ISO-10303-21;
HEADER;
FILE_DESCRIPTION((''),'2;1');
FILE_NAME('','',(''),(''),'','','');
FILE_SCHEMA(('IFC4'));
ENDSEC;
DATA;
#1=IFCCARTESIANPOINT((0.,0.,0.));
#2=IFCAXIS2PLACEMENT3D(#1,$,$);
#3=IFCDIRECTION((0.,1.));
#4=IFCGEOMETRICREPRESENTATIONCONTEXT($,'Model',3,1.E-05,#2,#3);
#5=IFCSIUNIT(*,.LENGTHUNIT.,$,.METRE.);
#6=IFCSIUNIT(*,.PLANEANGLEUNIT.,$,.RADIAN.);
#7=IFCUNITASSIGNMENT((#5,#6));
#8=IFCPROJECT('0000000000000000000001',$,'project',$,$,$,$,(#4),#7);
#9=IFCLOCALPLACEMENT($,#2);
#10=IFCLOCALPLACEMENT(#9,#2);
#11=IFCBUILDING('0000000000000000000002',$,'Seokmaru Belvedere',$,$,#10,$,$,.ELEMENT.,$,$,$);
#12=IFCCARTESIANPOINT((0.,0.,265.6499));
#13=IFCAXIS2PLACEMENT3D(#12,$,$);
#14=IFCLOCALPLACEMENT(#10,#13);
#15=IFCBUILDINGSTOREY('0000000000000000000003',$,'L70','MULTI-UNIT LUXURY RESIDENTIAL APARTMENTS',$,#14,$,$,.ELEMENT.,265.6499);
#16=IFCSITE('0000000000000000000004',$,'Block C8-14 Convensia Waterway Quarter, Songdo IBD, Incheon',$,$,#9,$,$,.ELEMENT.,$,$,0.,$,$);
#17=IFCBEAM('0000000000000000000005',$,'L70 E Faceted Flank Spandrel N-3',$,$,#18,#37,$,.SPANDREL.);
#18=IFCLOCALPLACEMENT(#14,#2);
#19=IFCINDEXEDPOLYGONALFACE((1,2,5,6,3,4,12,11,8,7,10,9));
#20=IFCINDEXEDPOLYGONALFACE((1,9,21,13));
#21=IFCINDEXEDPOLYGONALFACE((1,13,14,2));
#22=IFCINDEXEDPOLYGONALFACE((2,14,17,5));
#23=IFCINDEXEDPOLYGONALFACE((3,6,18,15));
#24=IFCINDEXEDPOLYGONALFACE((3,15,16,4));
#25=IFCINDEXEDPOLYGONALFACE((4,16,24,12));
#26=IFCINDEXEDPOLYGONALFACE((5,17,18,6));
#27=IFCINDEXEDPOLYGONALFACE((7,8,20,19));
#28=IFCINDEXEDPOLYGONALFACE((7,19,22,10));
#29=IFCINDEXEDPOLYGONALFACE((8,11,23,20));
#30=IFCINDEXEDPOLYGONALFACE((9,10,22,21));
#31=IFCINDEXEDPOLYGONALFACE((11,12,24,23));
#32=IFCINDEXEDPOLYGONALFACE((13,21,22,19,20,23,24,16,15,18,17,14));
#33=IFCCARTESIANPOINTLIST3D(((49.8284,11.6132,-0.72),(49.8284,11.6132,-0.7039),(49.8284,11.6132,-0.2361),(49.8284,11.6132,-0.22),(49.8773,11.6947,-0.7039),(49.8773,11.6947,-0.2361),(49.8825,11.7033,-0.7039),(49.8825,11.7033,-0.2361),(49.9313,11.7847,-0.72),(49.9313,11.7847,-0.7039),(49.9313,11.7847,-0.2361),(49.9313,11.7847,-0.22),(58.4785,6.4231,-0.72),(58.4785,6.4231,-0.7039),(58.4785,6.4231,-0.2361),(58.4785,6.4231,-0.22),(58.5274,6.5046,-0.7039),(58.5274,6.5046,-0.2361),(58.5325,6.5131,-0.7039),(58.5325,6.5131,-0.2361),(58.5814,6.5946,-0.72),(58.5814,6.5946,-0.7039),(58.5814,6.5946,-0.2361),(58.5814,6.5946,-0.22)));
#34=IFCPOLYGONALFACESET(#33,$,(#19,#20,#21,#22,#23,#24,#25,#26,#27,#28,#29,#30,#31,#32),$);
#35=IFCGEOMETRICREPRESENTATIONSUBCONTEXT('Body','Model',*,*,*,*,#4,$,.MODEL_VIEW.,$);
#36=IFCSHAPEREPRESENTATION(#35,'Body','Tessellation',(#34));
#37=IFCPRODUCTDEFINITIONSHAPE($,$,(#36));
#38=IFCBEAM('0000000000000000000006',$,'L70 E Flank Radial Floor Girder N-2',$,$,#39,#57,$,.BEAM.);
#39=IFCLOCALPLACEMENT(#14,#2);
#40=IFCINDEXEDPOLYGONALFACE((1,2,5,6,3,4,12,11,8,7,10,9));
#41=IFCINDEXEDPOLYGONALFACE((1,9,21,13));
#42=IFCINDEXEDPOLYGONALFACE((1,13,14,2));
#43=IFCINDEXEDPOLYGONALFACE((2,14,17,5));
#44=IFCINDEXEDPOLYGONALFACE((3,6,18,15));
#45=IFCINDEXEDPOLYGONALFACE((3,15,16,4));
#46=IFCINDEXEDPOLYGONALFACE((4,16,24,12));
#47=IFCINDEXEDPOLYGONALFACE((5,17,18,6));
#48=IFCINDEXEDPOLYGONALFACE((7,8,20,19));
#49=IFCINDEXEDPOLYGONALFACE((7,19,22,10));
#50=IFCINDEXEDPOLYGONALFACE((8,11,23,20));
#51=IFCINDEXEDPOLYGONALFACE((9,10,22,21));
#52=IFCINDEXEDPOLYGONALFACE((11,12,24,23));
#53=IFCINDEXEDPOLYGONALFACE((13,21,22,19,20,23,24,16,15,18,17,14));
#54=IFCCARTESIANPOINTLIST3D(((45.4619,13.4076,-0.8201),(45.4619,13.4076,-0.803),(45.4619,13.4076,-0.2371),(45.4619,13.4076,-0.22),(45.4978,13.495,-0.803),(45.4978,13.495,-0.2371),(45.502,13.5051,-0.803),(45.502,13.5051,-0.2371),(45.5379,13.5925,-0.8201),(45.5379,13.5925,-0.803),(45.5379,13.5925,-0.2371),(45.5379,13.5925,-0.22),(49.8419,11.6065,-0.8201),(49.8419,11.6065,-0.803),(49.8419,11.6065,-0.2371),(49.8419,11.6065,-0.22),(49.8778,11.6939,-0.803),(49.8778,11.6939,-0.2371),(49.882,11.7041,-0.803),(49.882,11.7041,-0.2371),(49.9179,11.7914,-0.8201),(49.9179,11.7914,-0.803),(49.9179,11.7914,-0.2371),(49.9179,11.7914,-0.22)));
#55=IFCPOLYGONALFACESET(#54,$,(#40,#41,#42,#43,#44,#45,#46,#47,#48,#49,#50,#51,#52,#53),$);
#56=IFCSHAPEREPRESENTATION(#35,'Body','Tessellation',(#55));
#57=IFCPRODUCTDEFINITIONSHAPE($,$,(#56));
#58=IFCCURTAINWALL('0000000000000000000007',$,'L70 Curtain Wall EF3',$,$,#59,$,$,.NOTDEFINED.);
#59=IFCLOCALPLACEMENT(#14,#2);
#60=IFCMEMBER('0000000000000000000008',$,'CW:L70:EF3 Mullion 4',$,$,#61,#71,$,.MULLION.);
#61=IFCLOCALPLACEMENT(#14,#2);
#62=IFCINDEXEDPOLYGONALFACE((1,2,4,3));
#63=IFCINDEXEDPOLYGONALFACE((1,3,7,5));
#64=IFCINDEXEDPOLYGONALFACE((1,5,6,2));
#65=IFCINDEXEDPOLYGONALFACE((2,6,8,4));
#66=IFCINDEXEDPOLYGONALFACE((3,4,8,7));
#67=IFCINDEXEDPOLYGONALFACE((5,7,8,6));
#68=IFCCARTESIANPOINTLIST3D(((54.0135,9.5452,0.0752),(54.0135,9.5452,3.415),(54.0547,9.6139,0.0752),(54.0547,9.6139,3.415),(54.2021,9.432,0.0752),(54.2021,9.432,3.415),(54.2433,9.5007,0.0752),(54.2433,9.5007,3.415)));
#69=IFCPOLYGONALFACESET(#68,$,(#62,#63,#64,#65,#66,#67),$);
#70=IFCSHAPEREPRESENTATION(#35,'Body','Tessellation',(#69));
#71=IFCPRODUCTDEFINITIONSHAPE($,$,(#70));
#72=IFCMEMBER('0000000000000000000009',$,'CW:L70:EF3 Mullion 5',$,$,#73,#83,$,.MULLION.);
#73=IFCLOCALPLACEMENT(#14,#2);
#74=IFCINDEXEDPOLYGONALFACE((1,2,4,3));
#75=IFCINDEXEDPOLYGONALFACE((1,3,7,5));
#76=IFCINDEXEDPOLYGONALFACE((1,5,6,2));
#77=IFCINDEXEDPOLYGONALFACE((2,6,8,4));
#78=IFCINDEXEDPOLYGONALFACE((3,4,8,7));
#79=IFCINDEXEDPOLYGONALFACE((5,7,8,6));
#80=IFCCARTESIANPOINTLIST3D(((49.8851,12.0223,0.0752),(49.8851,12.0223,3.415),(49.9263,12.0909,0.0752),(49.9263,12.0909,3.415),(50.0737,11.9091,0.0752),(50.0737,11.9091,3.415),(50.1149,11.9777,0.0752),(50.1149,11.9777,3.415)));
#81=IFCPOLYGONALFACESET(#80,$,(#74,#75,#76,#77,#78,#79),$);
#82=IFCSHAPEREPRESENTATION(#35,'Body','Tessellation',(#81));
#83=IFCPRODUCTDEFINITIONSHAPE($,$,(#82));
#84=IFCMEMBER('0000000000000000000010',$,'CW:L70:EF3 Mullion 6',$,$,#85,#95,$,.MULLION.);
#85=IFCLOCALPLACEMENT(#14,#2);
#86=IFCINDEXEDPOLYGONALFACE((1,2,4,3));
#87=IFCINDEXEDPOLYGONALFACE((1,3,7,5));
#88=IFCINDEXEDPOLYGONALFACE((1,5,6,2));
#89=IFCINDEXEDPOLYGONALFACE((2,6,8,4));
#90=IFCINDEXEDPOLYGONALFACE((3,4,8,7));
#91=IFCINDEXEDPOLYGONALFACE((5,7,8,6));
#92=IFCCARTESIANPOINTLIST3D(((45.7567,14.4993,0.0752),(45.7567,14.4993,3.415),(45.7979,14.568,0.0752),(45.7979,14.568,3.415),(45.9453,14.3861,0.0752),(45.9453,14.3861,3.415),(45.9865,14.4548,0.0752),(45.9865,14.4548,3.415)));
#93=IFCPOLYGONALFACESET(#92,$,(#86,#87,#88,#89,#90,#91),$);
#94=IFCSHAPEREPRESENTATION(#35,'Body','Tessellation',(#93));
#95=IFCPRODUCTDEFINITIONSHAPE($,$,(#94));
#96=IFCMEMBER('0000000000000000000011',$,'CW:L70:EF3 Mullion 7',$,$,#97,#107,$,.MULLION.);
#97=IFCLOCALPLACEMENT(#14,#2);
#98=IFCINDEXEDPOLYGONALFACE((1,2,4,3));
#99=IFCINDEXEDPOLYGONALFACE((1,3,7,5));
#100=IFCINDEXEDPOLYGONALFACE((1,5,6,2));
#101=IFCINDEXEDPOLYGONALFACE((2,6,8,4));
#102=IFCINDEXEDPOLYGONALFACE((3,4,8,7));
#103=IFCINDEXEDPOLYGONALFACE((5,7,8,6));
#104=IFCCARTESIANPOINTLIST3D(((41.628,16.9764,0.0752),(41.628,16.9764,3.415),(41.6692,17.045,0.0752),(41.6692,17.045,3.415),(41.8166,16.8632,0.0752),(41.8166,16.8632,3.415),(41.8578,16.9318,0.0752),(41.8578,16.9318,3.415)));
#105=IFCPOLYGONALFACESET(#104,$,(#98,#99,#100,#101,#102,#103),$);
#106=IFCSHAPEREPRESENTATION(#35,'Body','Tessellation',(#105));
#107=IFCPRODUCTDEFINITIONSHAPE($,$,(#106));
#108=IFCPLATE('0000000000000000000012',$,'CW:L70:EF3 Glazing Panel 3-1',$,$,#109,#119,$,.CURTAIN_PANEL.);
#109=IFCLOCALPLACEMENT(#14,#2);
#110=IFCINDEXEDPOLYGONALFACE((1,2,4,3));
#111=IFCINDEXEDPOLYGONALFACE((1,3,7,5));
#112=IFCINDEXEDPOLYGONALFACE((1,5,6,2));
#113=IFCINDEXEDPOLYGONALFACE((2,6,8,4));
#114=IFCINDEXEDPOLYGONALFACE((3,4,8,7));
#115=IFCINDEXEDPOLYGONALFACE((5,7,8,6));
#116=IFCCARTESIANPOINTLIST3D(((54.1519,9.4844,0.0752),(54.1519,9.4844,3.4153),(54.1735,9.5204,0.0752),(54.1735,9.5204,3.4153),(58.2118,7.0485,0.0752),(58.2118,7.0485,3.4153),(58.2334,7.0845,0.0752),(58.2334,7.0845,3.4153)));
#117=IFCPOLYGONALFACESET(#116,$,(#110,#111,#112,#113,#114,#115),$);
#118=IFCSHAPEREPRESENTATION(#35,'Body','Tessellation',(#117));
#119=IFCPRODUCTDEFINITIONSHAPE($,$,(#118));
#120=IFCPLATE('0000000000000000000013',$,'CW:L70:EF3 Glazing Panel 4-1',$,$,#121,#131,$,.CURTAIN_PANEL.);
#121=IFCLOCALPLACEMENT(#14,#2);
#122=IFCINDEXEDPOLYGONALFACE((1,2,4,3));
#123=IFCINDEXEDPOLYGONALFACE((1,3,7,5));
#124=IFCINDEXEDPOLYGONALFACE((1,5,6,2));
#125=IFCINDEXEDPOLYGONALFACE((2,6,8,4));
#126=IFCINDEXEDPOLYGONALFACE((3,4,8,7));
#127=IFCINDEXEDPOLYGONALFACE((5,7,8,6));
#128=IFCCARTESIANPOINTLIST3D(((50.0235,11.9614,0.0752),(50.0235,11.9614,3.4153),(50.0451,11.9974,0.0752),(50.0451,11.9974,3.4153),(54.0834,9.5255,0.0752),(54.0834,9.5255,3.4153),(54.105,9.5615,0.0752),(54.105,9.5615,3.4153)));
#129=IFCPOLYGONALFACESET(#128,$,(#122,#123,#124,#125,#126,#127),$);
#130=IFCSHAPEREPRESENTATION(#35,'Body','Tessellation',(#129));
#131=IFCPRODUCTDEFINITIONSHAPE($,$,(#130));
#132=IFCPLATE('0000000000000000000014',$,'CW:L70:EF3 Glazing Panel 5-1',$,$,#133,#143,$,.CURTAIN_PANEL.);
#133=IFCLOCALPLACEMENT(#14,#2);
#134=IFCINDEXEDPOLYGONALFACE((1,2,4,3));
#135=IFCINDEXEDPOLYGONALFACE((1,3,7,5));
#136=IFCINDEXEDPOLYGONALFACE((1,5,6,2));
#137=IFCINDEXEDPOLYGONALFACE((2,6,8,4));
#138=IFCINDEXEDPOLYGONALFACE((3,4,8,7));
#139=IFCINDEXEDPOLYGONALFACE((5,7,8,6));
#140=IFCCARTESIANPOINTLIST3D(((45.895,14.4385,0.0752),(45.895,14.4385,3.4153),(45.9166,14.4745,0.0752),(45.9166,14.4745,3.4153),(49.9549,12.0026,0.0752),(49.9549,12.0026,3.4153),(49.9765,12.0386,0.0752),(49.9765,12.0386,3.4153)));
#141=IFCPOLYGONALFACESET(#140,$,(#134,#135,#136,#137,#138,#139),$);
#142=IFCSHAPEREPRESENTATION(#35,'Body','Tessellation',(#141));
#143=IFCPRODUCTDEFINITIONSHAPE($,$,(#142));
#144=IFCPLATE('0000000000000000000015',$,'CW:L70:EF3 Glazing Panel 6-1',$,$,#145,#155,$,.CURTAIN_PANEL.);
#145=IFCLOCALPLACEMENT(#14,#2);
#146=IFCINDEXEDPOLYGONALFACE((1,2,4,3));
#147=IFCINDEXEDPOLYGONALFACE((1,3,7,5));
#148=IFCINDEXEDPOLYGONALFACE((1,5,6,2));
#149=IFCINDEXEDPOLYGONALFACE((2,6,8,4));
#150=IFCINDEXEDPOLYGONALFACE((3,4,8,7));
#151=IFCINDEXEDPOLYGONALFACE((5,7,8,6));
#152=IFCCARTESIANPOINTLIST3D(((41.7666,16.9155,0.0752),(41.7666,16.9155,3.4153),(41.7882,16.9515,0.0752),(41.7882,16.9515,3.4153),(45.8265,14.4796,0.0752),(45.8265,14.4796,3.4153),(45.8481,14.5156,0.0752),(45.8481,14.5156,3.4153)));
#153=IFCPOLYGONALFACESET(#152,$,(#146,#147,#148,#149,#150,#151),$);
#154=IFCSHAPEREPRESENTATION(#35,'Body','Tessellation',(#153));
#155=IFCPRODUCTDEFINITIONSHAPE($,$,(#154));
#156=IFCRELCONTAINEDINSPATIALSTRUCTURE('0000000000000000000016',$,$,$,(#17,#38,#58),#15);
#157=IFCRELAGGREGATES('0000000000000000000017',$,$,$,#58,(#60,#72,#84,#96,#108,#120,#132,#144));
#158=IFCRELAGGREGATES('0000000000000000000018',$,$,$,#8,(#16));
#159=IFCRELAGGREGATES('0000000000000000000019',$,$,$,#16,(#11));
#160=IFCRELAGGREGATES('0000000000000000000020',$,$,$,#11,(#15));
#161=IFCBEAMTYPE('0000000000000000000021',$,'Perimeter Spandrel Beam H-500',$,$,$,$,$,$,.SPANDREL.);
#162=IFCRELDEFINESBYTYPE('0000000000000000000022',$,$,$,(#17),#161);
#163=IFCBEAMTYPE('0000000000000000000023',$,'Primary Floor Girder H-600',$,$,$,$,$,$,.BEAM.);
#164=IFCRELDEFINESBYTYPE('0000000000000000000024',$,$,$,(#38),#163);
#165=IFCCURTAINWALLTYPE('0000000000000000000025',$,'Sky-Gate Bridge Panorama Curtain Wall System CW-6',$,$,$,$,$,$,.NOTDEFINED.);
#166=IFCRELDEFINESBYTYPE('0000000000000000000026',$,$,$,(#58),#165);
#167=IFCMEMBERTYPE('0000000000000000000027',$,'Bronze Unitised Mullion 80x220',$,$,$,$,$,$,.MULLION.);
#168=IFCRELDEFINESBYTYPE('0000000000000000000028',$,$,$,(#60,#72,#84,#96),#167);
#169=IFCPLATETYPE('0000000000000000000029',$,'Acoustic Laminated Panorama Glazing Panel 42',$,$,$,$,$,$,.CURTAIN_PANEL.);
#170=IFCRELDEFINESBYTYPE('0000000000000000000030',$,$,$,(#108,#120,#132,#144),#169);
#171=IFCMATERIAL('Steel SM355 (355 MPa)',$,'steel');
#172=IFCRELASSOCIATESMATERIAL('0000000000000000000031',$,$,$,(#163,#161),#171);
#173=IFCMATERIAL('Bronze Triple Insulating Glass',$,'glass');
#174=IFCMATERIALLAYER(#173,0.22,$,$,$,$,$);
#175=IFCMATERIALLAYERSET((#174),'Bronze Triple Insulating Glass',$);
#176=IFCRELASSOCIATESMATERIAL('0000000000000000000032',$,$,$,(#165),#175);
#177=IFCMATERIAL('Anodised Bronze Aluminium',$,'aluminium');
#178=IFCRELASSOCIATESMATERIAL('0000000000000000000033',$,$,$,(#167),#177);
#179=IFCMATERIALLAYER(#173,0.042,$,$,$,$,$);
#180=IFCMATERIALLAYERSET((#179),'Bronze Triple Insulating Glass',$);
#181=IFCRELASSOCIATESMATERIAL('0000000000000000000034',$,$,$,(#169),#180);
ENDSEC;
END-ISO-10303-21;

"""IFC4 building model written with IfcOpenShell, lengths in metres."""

from ifc_helpers import new_model, si_unit, direction, frame, origin, origin_2d, place, context, subcontext, project, spatial, rectangle, i_section, extrude, source, transform, mapped, material, layer, layer_set, material_profile, profile_set, type_object, type_shapes, element, aggregate, save


model = new_model("IFC4")

# Units and contexts
model_context = context("Model", 3, precision=1e-05, world=origin(), true_north=direction((0.0, 1.0)))
body_context = subcontext(model_context, "Body", "Model", "MODEL_VIEW")
ifc_project = project(units=[si_unit("LENGTHUNIT", "METRE"), si_unit("PLANEANGLEUNIT", "RADIAN")], contexts=[model_context])

# Site, building, storey
site_placement = place(None, origin())
site = spatial("IfcSite", under=ifc_project, at=site_placement, Name="Block C8-14 Convensia Waterway Quarter, Songdo IBD, Incheon", CompositionType="ELEMENT", RefElevation=0.0)
building_placement = place(site_placement, origin())
building = spatial("IfcBuilding", under=site, at=building_placement, Name="Seokmaru Belvedere", CompositionType="ELEMENT")
storey_placement = place(building_placement, frame((0.0, 0.0, 265.6499)))
storey = spatial("IfcBuildingStorey", under=building, at=storey_placement, Name="L70", Description="MULTI-UNIT LUXURY RESIDENTIAL APARTMENTS", CompositionType="ELEMENT", Elevation=265.6499)

# Shared definitions
ifc_material_1 = material(Name="Steel SM355 (355 MPa)", Category="steel")

# Beams
ifc_material_profile_1 = material_profile(ifc_material_1, i_section(OverallWidth=0.2, OverallDepth=0.6001, WebThickness=0.011, FlangeThickness=0.0171, at=origin_2d()), Name="H-600x200x11x17")
ifc_profile_set_1 = profile_set([ifc_material_profile_1], Name="Steel SM355 (355 MPa)")
beam_type_1 = type_object("IfcBeamType", Name="Primary Floor Girder H-600", PredefinedType="BEAM", material=ifc_profile_set_1)
ifc_material_profile_2 = material_profile(ifc_material_1, i_section(OverallWidth=0.2, OverallDepth=0.5, WebThickness=0.01, FlangeThickness=0.0161, at=origin_2d()), Name="H-500x200x10x16")
ifc_profile_set_2 = profile_set([ifc_material_profile_2], Name="Steel SM355 (355 MPa)")
beam_type_2 = type_object("IfcBeamType", Name="Perimeter Spandrel Beam H-500", PredefinedType="SPANDREL", material=ifc_profile_set_2)
shared_shape_1 = source(origin(), body_context, "Body", "SweptSolid", [
    extrude(i_section(OverallWidth=0.2, OverallDepth=0.5, WebThickness=0.01, FlangeThickness=0.0161, at=origin_2d()), origin(), (0.0, 0.0, 1.0), 10.0876),
])
type_shapes(beam_type_2, [shared_shape_1])
beam_1_placement = place(storey_placement, frame((49.8799, 11.699, -0.47), z_axis=(0.857489, -0.514503, 0.0), x_axis=(0.514503, 0.857489, 0.0)))
element("IfcBeam", 1, at=beam_1_placement, inside=storey, type_object=beam_type_2, Name="L70 E Faceted Flank Spandrel N-3", PredefinedType="SPANDREL", context=body_context, shape_type="MappedRepresentation", body=[
    mapped(shared_shape_1, transform((0.0, 0.0, 0.0), scale=1.0)),
])
shared_shape_2 = source(origin(), body_context, "Body", "SweptSolid", [
    extrude(i_section(OverallWidth=0.2, OverallDepth=0.6001, WebThickness=0.011, FlangeThickness=0.0171, at=origin_2d()), origin(), (0.0, 0.0, 1.0), 4.7358),
])
beam_2_placement = place(storey_placement, frame((49.8799, 11.699, -0.52), z_axis=(-0.924861, 0.380306, 0.0), x_axis=(-0.380306, -0.924861, 0.0)))
element("IfcBeam", 2, at=beam_2_placement, inside=storey, type_object=beam_type_1, Name="L70 E Flank Radial Floor Girder N-2", PredefinedType="BEAM", context=body_context, shape_type="MappedRepresentation", body=[
    mapped(shared_shape_2, transform((0.0, 0.0, 0.0), scale=1.0)),
])

# Curtain wall, members, plates
ifc_material_2 = material(Name="Bronze Triple Insulating Glass", Category="glass")
ifc_layer_1 = layer(ifc_material_2, 0.22)
ifc_layer_set_1 = layer_set([ifc_layer_1], Name="Bronze Triple Insulating Glass")
curtain_wall_type = type_object("IfcCurtainWallType", Name="Sky-Gate Bridge Panorama Curtain Wall System CW-6", PredefinedType="NOTDEFINED", material=ifc_layer_set_1)
curtain_wall_placement = place(storey_placement, origin())
curtain_wall = element("IfcCurtainWall", 3, at=curtain_wall_placement, inside=storey, type_object=curtain_wall_type, Name="L70 Curtain Wall EF3", PredefinedType="NOTDEFINED")
ifc_material_3 = material(Name="Anodised Bronze Aluminium", Category="aluminium")
ifc_material_profile_3 = material_profile(ifc_material_3, rectangle(XDim=0.0801, YDim=0.22, at=origin_2d()), Name="CW-M-80x220")
ifc_profile_set_3 = profile_set([ifc_material_profile_3], Name="Anodised Bronze Aluminium")
member_type = type_object("IfcMemberType", Name="Bronze Unitised Mullion 80x220", PredefinedType="MULLION", material=ifc_profile_set_3)
shared_shape_3 = source(origin(), body_context, "Body", "SweptSolid", [
    extrude(rectangle(XDim=0.0801, YDim=0.22, at=origin_2d()), origin(), (0.0, 0.0, 1.0), 3.3398),
])
type_shapes(member_type, [shared_shape_3])
member_1_placement = place(storey_placement, frame((54.1284, 9.5229, 0.0752), z_axis=(0.0, 0.0, 1.0), x_axis=(-0.514495, -0.857493, 0.0)))
member_1 = element("IfcMember", 4, at=member_1_placement, type_object=member_type, Name="CW:L70:EF3 Mullion 4", PredefinedType="MULLION", context=body_context, shape_type="MappedRepresentation", body=[
    mapped(shared_shape_3, transform((0.0, 0.0, 0.0), scale=1.0)),
])
member_2_placement = place(storey_placement, frame((50.0, 12.0, 0.0752), z_axis=(0.0, 0.0, 1.0), x_axis=(-0.514495, -0.857493, 0.0)))
member_2 = element("IfcMember", 5, at=member_2_placement, type_object=member_type, Name="CW:L70:EF3 Mullion 5", PredefinedType="MULLION", context=body_context, shape_type="MappedRepresentation", body=[
    mapped(shared_shape_3, transform((0.0, 0.0, 0.0), scale=1.0)),
])
member_3_placement = place(storey_placement, frame((45.8716, 14.4771, 0.0752), z_axis=(0.0, 0.0, 1.0), x_axis=(-0.514495, -0.857493, 0.0)))
member_3 = element("IfcMember", 6, at=member_3_placement, type_object=member_type, Name="CW:L70:EF3 Mullion 6", PredefinedType="MULLION", context=body_context, shape_type="MappedRepresentation", body=[
    mapped(shared_shape_3, transform((0.0, 0.0, 0.0), scale=1.0)),
])
member_4_placement = place(storey_placement, frame((41.7429, 16.9541, 0.0752), z_axis=(0.0, 0.0, 1.0), x_axis=(-0.514495, -0.857493, 0.0)))
member_4 = element("IfcMember", 7, at=member_4_placement, type_object=member_type, Name="CW:L70:EF3 Mullion 7", PredefinedType="MULLION", context=body_context, shape_type="MappedRepresentation", body=[
    mapped(shared_shape_3, transform((0.0, 0.0, 0.0), scale=1.0)),
])
ifc_layer_2 = layer(ifc_material_2, 0.042)
ifc_layer_set_2 = layer_set([ifc_layer_2], Name="Bronze Triple Insulating Glass")
plate_type = type_object("IfcPlateType", Name="Acoustic Laminated Panorama Glazing Panel 42", PredefinedType="CURTAIN_PANEL", material=ifc_layer_set_2)
shared_shape_4 = source(origin(), body_context, "Body", "SweptSolid", [
    extrude(rectangle(XDim=4.7346, YDim=0.042, at=origin_2d()), origin(), (0.0, 0.0, 1.0), 3.3401),
])
type_shapes(plate_type, [shared_shape_4])
plate_1_placement = place(storey_placement, frame((56.1926, 8.2844, 0.0752), z_axis=(0.0, 0.0, 1.0), x_axis=(-0.857493, 0.514495, 0.0)))
plate_1 = element("IfcPlate", 8, at=plate_1_placement, type_object=plate_type, Name="CW:L70:EF3 Glazing Panel 3-1", PredefinedType="CURTAIN_PANEL", context=body_context, shape_type="MappedRepresentation", body=[
    mapped(shared_shape_4, transform((0.0, 0.0, 0.0), scale=1.0)),
])
plate_2_placement = place(storey_placement, frame((52.0642, 10.7615, 0.0752), z_axis=(0.0, 0.0, 1.0), x_axis=(-0.857493, 0.514495, 0.0)))
plate_2 = element("IfcPlate", 9, at=plate_2_placement, type_object=plate_type, Name="CW:L70:EF3 Glazing Panel 4-1", PredefinedType="CURTAIN_PANEL", context=body_context, shape_type="MappedRepresentation", body=[
    mapped(shared_shape_4, transform((0.0, 0.0, 0.0), scale=1.0)),
])
plate_3_placement = place(storey_placement, frame((47.9358, 13.2385, 0.0752), z_axis=(0.0, 0.0, 1.0), x_axis=(-0.857493, 0.514495, 0.0)))
plate_3 = element("IfcPlate", 10, at=plate_3_placement, type_object=plate_type, Name="CW:L70:EF3 Glazing Panel 5-1", PredefinedType="CURTAIN_PANEL", context=body_context, shape_type="MappedRepresentation", body=[
    mapped(shared_shape_4, transform((0.0, 0.0, 0.0), scale=1.0)),
])
plate_4_placement = place(storey_placement, frame((43.8074, 15.7156, 0.0752), z_axis=(0.0, 0.0, 1.0), x_axis=(-0.857493, 0.514495, 0.0)))
plate_4 = element("IfcPlate", 11, at=plate_4_placement, type_object=plate_type, Name="CW:L70:EF3 Glazing Panel 6-1", PredefinedType="CURTAIN_PANEL", context=body_context, shape_type="MappedRepresentation", body=[
    mapped(shared_shape_4, transform((0.0, 0.0, 0.0), scale=1.0)),
])
aggregate(curtain_wall, [member_1, member_2, member_3, member_4, plate_1, plate_2, plate_3, plate_4])

save(model, "model.ifc")
